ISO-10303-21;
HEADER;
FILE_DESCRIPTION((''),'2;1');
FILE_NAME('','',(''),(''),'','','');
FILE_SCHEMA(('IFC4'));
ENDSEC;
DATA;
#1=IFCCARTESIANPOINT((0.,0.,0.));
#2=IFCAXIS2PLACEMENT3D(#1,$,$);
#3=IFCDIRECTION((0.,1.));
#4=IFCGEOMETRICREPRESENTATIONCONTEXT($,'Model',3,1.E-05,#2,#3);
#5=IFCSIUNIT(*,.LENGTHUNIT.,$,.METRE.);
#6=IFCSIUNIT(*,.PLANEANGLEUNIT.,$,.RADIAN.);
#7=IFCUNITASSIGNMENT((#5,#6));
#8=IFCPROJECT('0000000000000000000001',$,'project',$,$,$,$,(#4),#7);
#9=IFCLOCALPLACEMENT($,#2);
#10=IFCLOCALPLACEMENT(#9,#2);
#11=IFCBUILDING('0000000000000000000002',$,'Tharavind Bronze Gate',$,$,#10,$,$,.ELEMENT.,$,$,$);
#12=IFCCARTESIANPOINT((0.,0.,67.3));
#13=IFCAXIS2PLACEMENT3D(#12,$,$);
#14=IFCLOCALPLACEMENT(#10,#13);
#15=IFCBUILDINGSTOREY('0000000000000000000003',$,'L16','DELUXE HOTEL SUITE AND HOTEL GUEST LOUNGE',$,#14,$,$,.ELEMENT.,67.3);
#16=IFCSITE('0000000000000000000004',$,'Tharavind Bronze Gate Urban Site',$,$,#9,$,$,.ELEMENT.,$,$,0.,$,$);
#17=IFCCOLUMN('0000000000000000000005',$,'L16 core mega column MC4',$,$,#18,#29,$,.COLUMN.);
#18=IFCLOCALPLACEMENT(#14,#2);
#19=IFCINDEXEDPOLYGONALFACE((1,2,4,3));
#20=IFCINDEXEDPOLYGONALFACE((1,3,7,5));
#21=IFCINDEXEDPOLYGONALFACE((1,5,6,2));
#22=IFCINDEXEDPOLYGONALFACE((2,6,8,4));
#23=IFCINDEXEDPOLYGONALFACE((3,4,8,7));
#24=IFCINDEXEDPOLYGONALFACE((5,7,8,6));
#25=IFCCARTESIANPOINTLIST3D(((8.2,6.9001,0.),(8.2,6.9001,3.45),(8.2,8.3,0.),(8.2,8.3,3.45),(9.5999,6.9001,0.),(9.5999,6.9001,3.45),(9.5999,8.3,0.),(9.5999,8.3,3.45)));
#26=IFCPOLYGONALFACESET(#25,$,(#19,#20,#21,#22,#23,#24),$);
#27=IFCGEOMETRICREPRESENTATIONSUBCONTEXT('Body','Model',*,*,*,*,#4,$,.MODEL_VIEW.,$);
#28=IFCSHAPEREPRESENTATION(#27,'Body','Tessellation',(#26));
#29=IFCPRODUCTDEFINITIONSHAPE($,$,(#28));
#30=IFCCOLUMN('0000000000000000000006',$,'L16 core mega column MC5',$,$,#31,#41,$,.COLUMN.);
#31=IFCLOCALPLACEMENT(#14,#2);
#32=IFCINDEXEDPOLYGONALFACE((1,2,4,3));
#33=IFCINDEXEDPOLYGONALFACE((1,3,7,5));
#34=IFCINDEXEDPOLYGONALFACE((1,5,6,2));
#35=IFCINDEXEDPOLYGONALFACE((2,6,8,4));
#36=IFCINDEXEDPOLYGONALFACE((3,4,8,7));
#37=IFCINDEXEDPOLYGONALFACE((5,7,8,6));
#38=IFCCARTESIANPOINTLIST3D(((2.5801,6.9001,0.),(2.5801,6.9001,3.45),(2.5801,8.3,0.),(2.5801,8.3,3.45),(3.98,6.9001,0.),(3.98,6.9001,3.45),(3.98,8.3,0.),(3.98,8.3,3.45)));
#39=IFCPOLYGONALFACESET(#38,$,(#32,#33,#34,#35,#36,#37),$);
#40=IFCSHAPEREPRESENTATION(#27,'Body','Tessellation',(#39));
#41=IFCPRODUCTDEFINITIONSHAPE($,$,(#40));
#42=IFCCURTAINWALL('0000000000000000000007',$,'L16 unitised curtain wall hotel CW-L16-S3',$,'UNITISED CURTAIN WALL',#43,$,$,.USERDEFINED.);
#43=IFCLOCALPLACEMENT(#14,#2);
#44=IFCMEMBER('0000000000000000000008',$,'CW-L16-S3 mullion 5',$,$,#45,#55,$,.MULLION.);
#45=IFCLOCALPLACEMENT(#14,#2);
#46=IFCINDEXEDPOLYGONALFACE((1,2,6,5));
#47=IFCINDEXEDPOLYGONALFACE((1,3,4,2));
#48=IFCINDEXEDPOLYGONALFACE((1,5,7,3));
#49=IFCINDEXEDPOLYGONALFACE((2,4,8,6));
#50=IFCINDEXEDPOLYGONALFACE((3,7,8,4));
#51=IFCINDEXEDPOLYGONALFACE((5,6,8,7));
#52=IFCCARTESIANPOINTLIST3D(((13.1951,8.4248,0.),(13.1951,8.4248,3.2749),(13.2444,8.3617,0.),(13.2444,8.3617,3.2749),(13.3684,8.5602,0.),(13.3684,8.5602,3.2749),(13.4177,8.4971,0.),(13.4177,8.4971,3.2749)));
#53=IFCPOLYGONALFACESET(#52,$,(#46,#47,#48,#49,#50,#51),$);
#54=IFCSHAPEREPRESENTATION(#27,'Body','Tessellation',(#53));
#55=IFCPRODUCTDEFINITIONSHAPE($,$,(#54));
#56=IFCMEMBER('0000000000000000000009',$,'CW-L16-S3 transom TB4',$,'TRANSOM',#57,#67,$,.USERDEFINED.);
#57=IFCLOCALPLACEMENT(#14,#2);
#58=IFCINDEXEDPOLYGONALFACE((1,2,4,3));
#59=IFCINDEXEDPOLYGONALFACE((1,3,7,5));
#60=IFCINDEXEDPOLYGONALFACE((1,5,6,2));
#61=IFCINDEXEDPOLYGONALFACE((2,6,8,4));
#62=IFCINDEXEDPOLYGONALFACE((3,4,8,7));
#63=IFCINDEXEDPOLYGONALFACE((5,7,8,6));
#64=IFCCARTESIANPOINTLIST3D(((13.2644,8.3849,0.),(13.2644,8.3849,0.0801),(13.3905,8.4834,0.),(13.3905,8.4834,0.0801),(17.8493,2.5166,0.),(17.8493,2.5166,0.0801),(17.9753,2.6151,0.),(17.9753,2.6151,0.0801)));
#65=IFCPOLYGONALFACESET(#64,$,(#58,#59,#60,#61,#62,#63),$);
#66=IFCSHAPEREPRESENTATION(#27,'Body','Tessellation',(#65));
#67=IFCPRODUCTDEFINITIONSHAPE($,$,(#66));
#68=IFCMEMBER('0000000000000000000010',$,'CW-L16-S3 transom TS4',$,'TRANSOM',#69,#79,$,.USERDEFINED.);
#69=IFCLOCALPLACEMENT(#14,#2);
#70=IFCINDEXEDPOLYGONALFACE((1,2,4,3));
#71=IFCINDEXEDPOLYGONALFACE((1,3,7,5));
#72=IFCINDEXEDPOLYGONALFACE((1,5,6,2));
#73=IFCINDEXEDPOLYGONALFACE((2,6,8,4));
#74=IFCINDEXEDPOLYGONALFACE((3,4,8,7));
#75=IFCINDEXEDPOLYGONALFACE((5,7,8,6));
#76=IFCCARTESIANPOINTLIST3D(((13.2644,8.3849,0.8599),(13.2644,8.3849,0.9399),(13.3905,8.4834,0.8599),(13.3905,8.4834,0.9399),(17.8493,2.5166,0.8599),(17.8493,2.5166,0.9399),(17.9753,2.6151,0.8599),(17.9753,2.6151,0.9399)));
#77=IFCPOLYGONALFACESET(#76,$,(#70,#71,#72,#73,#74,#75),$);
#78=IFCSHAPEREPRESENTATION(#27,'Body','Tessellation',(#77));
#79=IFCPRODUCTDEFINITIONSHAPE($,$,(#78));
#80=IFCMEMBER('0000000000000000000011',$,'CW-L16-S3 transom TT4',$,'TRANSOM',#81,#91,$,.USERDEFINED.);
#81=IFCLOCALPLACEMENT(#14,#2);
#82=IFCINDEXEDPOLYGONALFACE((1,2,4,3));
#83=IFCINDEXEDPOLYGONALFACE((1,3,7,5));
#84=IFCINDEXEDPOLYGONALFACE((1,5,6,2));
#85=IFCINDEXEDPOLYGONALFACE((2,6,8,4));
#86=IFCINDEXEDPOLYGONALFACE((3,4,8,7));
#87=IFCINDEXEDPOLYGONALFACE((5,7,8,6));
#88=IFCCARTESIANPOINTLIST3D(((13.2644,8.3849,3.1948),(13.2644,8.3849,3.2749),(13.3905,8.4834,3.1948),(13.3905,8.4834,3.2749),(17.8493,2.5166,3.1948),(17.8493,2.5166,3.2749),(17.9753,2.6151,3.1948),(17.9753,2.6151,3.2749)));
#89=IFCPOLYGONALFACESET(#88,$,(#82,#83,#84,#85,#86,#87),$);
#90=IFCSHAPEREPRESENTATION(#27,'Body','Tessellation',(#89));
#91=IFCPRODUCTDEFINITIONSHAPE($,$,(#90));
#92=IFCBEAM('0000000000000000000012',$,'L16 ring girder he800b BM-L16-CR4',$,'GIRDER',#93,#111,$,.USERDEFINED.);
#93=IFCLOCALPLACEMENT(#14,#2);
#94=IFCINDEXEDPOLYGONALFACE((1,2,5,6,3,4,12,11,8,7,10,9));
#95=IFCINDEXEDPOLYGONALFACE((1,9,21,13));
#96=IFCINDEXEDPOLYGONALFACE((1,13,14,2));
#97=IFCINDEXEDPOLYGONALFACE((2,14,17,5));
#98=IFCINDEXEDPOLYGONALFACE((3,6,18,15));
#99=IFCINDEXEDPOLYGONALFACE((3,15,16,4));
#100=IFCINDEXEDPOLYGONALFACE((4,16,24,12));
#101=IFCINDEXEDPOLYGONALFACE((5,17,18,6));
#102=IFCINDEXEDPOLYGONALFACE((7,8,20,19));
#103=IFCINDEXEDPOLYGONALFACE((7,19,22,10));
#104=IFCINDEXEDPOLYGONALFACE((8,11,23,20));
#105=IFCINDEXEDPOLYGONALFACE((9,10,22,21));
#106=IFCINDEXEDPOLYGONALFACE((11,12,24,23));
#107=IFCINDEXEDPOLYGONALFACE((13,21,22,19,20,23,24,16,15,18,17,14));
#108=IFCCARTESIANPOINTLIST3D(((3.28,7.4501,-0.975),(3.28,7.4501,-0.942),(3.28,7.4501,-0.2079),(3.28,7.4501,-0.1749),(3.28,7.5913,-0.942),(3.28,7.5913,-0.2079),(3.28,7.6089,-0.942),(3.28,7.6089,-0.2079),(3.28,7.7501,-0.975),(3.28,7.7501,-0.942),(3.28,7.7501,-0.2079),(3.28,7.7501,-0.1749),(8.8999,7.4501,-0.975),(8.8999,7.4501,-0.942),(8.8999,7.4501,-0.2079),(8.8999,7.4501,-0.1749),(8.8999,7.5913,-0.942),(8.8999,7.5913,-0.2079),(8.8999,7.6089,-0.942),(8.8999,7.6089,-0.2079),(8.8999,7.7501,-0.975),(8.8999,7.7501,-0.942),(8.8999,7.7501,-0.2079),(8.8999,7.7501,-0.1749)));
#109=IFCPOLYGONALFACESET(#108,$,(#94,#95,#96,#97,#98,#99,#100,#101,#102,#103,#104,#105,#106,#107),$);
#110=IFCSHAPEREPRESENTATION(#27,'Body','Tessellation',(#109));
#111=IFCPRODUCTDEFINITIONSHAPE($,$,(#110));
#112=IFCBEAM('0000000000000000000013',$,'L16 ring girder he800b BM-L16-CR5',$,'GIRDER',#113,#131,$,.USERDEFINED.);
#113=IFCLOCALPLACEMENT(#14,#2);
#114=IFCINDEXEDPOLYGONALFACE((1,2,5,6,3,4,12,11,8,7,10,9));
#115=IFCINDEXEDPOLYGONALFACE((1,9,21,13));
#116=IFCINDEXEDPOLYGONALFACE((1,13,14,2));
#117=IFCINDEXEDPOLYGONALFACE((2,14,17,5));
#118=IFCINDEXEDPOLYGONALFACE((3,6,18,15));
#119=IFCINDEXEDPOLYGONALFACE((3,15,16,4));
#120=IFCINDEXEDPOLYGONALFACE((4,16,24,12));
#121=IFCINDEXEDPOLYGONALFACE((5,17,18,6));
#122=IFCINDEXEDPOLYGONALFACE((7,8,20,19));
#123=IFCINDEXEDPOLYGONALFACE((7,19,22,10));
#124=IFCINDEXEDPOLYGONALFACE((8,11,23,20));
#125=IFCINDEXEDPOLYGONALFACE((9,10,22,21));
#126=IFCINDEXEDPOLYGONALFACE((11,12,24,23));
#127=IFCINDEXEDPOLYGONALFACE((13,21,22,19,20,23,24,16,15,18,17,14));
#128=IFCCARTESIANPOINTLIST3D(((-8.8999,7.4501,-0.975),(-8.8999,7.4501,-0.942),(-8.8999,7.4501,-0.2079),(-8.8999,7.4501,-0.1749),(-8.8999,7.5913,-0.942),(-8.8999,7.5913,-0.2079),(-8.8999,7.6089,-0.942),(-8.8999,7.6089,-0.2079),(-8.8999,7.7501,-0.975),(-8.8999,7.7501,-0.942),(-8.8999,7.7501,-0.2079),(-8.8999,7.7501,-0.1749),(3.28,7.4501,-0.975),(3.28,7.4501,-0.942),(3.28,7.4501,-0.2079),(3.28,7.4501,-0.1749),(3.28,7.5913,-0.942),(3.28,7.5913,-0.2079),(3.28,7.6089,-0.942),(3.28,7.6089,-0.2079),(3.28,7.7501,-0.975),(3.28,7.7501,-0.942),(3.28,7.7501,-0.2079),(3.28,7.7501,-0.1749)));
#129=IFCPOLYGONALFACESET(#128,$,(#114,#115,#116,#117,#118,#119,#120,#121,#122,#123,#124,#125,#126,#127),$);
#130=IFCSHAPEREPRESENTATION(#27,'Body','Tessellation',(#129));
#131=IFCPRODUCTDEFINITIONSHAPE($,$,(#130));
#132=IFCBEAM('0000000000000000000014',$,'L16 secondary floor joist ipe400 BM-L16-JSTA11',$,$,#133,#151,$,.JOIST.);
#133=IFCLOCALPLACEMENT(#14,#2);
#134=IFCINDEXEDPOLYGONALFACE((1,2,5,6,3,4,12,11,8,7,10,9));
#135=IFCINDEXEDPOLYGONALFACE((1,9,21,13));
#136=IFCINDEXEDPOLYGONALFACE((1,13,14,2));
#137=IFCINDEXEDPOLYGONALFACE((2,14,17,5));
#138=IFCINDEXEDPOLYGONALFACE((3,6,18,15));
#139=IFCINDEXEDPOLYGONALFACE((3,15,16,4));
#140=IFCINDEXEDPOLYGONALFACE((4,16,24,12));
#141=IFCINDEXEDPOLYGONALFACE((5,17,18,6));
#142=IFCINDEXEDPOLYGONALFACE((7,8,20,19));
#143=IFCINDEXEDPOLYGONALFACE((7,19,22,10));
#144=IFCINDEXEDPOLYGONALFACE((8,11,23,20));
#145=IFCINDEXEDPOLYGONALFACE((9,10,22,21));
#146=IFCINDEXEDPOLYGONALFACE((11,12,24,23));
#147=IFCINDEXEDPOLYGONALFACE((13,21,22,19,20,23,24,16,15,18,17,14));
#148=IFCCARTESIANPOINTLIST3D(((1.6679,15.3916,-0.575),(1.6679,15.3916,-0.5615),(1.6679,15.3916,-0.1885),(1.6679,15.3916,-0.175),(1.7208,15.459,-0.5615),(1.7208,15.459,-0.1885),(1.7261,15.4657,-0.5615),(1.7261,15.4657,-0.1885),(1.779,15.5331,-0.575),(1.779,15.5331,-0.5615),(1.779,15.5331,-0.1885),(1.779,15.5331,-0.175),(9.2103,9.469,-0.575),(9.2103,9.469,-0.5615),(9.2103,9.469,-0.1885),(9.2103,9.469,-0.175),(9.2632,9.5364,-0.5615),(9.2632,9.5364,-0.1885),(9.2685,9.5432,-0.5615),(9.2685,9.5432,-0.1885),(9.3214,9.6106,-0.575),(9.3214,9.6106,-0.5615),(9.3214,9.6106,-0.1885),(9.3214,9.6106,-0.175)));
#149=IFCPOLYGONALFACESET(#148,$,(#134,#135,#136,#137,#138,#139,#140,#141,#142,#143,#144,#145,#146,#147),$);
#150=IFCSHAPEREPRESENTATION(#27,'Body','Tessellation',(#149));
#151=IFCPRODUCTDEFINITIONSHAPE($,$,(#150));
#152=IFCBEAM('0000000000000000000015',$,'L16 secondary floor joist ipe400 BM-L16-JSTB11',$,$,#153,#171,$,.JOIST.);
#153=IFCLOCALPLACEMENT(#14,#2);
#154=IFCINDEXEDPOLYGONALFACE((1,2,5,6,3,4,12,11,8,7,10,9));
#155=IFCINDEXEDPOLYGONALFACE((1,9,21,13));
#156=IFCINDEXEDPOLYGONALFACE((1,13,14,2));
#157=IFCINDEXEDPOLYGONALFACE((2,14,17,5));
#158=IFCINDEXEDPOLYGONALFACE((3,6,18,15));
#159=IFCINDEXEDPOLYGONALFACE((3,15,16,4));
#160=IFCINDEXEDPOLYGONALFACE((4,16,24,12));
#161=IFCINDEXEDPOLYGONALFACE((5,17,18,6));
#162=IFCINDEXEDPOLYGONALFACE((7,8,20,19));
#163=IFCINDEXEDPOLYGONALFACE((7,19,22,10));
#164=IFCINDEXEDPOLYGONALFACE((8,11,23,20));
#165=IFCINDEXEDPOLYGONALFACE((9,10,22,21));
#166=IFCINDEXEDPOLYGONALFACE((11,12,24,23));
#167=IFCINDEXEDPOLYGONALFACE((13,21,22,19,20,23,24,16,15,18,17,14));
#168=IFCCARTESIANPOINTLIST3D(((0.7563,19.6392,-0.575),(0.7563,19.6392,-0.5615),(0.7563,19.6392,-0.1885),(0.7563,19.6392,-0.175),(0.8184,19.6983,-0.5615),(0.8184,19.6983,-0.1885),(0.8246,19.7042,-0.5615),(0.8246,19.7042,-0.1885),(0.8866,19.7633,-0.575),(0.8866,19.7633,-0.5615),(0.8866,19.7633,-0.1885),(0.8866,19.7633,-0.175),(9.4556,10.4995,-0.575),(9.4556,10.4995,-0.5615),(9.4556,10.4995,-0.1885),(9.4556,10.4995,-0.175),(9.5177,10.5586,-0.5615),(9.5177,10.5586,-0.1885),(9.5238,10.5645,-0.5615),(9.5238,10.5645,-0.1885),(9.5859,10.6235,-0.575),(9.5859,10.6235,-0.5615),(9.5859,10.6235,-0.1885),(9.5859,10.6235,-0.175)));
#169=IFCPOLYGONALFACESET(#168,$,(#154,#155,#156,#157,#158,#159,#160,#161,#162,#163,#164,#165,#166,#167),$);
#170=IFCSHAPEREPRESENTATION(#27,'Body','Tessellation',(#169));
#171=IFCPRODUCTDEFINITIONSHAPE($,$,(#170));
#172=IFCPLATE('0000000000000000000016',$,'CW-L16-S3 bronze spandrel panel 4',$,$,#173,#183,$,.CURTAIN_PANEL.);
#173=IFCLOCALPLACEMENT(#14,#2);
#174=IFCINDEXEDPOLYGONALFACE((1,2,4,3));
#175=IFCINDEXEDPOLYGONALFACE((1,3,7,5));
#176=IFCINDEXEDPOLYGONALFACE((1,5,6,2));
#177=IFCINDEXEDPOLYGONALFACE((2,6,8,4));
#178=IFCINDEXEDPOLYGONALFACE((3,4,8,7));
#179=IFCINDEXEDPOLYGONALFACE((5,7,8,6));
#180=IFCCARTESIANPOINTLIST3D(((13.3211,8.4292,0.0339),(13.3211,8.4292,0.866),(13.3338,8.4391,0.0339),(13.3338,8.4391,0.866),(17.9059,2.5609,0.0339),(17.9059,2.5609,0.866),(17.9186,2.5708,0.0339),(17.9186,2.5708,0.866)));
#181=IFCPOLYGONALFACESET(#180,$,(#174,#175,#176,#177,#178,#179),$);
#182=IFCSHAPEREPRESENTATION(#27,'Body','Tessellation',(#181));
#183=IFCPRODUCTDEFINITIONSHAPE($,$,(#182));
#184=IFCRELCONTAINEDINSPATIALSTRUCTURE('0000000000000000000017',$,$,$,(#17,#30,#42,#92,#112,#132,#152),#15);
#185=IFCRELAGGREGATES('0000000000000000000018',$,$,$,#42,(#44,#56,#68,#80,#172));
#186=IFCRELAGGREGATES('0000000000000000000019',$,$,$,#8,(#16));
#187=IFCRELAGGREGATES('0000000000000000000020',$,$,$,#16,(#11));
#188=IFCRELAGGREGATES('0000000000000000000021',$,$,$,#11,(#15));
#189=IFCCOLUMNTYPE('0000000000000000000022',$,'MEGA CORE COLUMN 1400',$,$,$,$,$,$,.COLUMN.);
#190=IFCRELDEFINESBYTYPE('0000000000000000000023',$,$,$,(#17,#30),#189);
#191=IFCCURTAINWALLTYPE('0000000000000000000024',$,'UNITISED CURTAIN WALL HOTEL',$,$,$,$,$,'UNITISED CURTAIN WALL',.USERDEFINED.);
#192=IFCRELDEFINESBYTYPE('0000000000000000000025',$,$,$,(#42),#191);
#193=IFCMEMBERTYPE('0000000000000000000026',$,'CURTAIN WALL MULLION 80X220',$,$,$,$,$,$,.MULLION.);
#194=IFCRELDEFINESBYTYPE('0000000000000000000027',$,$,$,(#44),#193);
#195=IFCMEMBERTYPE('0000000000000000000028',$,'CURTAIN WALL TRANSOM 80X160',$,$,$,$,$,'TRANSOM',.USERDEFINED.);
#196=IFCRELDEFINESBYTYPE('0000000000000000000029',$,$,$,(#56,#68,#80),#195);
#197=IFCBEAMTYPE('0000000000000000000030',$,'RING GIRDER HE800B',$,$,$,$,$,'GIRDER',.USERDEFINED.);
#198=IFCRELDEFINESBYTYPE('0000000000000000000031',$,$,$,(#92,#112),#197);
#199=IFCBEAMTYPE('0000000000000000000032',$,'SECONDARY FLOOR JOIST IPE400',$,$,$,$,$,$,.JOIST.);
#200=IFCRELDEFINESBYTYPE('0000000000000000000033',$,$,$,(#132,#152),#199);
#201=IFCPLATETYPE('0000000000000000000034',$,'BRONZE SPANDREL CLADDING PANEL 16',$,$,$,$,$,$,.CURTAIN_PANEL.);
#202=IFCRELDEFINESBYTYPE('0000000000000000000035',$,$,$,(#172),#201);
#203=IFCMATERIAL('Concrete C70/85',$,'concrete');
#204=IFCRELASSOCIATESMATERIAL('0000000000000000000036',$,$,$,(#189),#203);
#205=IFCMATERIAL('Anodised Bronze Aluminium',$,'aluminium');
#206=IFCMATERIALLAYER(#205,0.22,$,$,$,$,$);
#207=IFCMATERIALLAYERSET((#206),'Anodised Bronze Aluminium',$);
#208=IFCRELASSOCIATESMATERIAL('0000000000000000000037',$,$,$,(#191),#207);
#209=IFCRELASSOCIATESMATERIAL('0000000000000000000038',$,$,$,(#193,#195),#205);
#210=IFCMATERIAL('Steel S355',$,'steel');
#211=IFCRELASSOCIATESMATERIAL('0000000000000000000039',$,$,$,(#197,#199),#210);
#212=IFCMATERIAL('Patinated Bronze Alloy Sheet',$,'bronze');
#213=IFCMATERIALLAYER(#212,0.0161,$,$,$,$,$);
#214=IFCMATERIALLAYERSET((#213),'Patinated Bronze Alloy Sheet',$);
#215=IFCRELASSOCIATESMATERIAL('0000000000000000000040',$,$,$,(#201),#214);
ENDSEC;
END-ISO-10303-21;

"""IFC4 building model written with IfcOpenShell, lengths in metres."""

from ifc_helpers import new_model, si_unit, direction, frame, origin, origin_2d, place, context, subcontext, project, spatial, rectangle, i_section, extrude, material, layer, layer_set, material_profile, profile_set, type_object, element, aggregate, save


model = new_model("IFC4")

# Units and contexts
model_context = context("Model", 3, precision=1e-05, world=origin(), true_north=direction((0.0, 1.0)))
body_context = subcontext(model_context, "Body", "Model", "MODEL_VIEW")
ifc_project = project(units=[si_unit("LENGTHUNIT", "METRE"), si_unit("PLANEANGLEUNIT", "RADIAN")], contexts=[model_context])

# Site, building, storey
site_placement = place(None, origin())
site = spatial("IfcSite", under=ifc_project, at=site_placement, Name="Tharavind Bronze Gate Urban Site", CompositionType="ELEMENT", RefElevation=0.0)
building_placement = place(site_placement, origin())
building = spatial("IfcBuilding", under=site, at=building_placement, Name="Tharavind Bronze Gate", CompositionType="ELEMENT")
storey_placement = place(building_placement, frame((0.0, 0.0, 67.3)))
storey = spatial("IfcBuildingStorey", under=building, at=storey_placement, Name="L16", Description="DELUXE HOTEL SUITE AND HOTEL GUEST LOUNGE", CompositionType="ELEMENT", Elevation=67.3)

# Columns
ifc_material_1 = material(Name="Concrete C70/85", Category="concrete")
ifc_material_profile_1 = material_profile(ifc_material_1, rectangle(XDim=1.3999, YDim=1.3999, at=origin_2d()), Name="RCCOL1400")
ifc_profile_set_1 = profile_set([ifc_material_profile_1], Name="Concrete C70/85")
column_type = type_object("IfcColumnType", Name="MEGA CORE COLUMN 1400", PredefinedType="COLUMN", material=ifc_profile_set_1)
for number, where, z_axis, x_axis, name in (
    (1, (8.8999, 7.6001, 0.0), (0.0, 0.0, 1.0), (1.0, 0.0, 0.0), "L16 core mega column MC4"),
    (2, (3.28, 7.6001, 0.0), (0.0, 0.0, 1.0), (1.0, 0.0, 0.0), "L16 core mega column MC5"),
):
    element("IfcColumn", number, at=place(storey_placement, frame(where, z_axis=z_axis, x_axis=x_axis)), inside=storey, type_object=column_type, Name=name, PredefinedType="COLUMN", context=body_context, shape_type="SweptSolid", body=[
        extrude(rectangle(XDim=1.3999, YDim=1.3999, at=origin_2d()), origin(), (0.0, 0.0, 1.0), 3.45),
    ])

# Curtain wall, members
ifc_material_2 = material(Name="Anodised Bronze Aluminium", Category="aluminium")
ifc_layer_1 = layer(ifc_material_2, 0.22)
ifc_layer_set_1 = layer_set([ifc_layer_1], Name="Anodised Bronze Aluminium")
curtain_wall_type = type_object("IfcCurtainWallType", Name="UNITISED CURTAIN WALL HOTEL", ElementType="UNITISED CURTAIN WALL", PredefinedType="USERDEFINED", material=ifc_layer_set_1)
curtain_wall_placement = place(storey_placement, origin())
curtain_wall = element("IfcCurtainWall", 3, at=curtain_wall_placement, inside=storey, type_object=curtain_wall_type, Name="L16 unitised curtain wall hotel CW-L16-S3", ObjectType="UNITISED CURTAIN WALL", PredefinedType="USERDEFINED")
member_type_1 = type_object("IfcMemberType", Name="CURTAIN WALL MULLION 80X220", PredefinedType="MULLION", material=ifc_material_2)
member_1_placement = place(storey_placement, frame((13.3064, 8.4609, 0.0), z_axis=(0.0, 0.0, 1.0), x_axis=(-0.615661, 0.788011, 0.0)))
member_1 = element("IfcMember", 4, at=member_1_placement, type_object=member_type_1, Name="CW-L16-S3 mullion 5", PredefinedType="MULLION", context=body_context, shape_type="SweptSolid", body=[
    extrude(rectangle(XDim=0.0801, YDim=0.22, at=origin_2d()), origin(), (0.0, 0.0, 1.0), 3.2749),
])
member_type_2 = type_object("IfcMemberType", Name="CURTAIN WALL TRANSOM 80X160", ElementType="TRANSOM", PredefinedType="USERDEFINED", material=ifc_material_2)
member_2_placement = place(storey_placement, frame((15.6199, 5.5, 0.0), z_axis=(0.0, 0.0, 1.0), x_axis=(-0.615661, 0.788011, 0.0)))
member_2 = element("IfcMember", 5, at=member_2_placement, type_object=member_type_2, Name="CW-L16-S3 transom TB4", ObjectType="TRANSOM", PredefinedType="USERDEFINED", context=body_context, shape_type="SweptSolid", body=[
    extrude(rectangle(XDim=7.447, YDim=0.1599, at=origin_2d()), origin(), (0.0, 0.0, 1.0), 0.0801),
])
member_3_placement = place(storey_placement, frame((15.6199, 5.5, 0.8599), z_axis=(0.0, 0.0, 1.0), x_axis=(-0.615661, 0.788011, 0.0)))
member_3 = element("IfcMember", 6, at=member_3_placement, type_object=member_type_2, Name="CW-L16-S3 transom TS4", ObjectType="TRANSOM", PredefinedType="USERDEFINED", context=body_context, shape_type="SweptSolid", body=[
    extrude(rectangle(XDim=7.447, YDim=0.1599, at=origin_2d()), origin(), (0.0, 0.0, 1.0), 0.0801),
])
member_4_placement = place(storey_placement, frame((15.6199, 5.5, 3.1948), z_axis=(0.0, 0.0, 1.0), x_axis=(-0.615661, 0.788011, 0.0)))
member_4 = element("IfcMember", 7, at=member_4_placement, type_object=member_type_2, Name="CW-L16-S3 transom TT4", ObjectType="TRANSOM", PredefinedType="USERDEFINED", context=body_context, shape_type="SweptSolid", body=[
    extrude(rectangle(XDim=7.447, YDim=0.1599, at=origin_2d()), origin(), (0.0, 0.0, 1.0), 0.0801),
])

# Beams
ifc_material_3 = material(Name="Steel S355", Category="steel")
ifc_material_profile_2 = material_profile(ifc_material_3, i_section(OverallWidth=0.3, OverallDepth=0.8, WebThickness=0.0176, FlangeThickness=0.033, at=origin_2d()), Name="HE800B")
ifc_profile_set_2 = profile_set([ifc_material_profile_2], Name="Steel S355")
beam_type_1 = type_object("IfcBeamType", Name="RING GIRDER HE800B", ElementType="GIRDER", PredefinedType="USERDEFINED", material=ifc_profile_set_2)
beam_1_placement = place(storey_placement, frame((8.8999, 7.6001, -0.575), z_axis=(-1.0, 0.0, 0.0), x_axis=(0.0, -1.0, 0.0)))
element("IfcBeam", 8, at=beam_1_placement, inside=storey, type_object=beam_type_1, Name="L16 ring girder he800b BM-L16-CR4", ObjectType="GIRDER", PredefinedType="USERDEFINED", context=body_context, shape_type="SweptSolid", body=[
    extrude(i_section(OverallWidth=0.3, OverallDepth=0.8, WebThickness=0.0176, FlangeThickness=0.033, at=origin_2d()), origin(), (0.0, 0.0, 1.0), 5.6199),
])
beam_2_placement = place(storey_placement, frame((3.28, 7.6001, -0.575), z_axis=(-1.0, 0.0, 0.0), x_axis=(0.0, -1.0, 0.0)))
element("IfcBeam", 9, at=beam_2_placement, inside=storey, type_object=beam_type_1, Name="L16 ring girder he800b BM-L16-CR5", ObjectType="GIRDER", PredefinedType="USERDEFINED", context=body_context, shape_type="SweptSolid", body=[
    extrude(i_section(OverallWidth=0.3, OverallDepth=0.8, WebThickness=0.0176, FlangeThickness=0.033, at=origin_2d()), origin(), (0.0, 0.0, 1.0), 12.1799),
])
ifc_material_profile_3 = material_profile(ifc_material_3, i_section(OverallWidth=0.1799, OverallDepth=0.3999, WebThickness=0.0085, FlangeThickness=0.0134, at=origin_2d()), Name="IPE400")
ifc_profile_set_3 = profile_set([ifc_material_profile_3], Name="Steel S355")
beam_type_2 = type_object("IfcBeamType", Name="SECONDARY FLOOR JOIST IPE400", PredefinedType="JOIST", material=ifc_profile_set_3)
beam_3_placement = place(storey_placement, frame((9.2659, 9.5398, -0.375), z_axis=(-0.786502, 0.617588, 0.0), x_axis=(-0.617588, -0.786502, 0.0)))
element("IfcBeam", 10, at=beam_3_placement, inside=storey, type_object=beam_type_2, Name="L16 secondary floor joist ipe400 BM-L16-JSTA11", PredefinedType="JOIST", context=body_context, shape_type="SweptSolid", body=[
    extrude(i_section(OverallWidth=0.1799, OverallDepth=0.3999, WebThickness=0.0085, FlangeThickness=0.0134, at=origin_2d()), origin(), (0.0, 0.0, 1.0), 9.5898),
])
beam_4_placement = place(storey_placement, frame((9.5208, 10.5615, -0.375), z_axis=(-0.689439, 0.724344, 0.0), x_axis=(-0.724344, -0.689439, 0.0)))
element("IfcBeam", 11, at=beam_4_placement, inside=storey, type_object=beam_type_2, Name="L16 secondary floor joist ipe400 BM-L16-JSTB11", PredefinedType="JOIST", context=body_context, shape_type="SweptSolid", body=[
    extrude(i_section(OverallWidth=0.1799, OverallDepth=0.3999, WebThickness=0.0085, FlangeThickness=0.0134, at=origin_2d()), origin(), (0.0, 0.0, 1.0), 12.6179),
])

# Plate
ifc_material_4 = material(Name="Patinated Bronze Alloy Sheet", Category="bronze")
ifc_layer_2 = layer(ifc_material_4, 0.0161)
ifc_layer_set_2 = layer_set([ifc_layer_2], Name="Patinated Bronze Alloy Sheet")
plate_type_1 = type_object("IfcPlateType", Name="BRONZE SPANDREL CLADDING PANEL 16", PredefinedType="CURTAIN_PANEL", material=ifc_layer_set_2)
plate_1_placement = place(storey_placement, frame((15.6199, 5.5, 0.0339), z_axis=(0.0, 0.0, 1.0), x_axis=(-0.615661, 0.788011, 0.0)))
plate_1 = element("IfcPlate", 12, at=plate_1_placement, type_object=plate_type_1, Name="CW-L16-S3 bronze spandrel panel 4", PredefinedType="CURTAIN_PANEL", context=body_context, shape_type="SweptSolid", body=[
    extrude(rectangle(XDim=7.447, YDim=0.0161, at=origin_2d()), origin(), (0.0, 0.0, 1.0), 0.832),
])
aggregate(curtain_wall, [member_1, member_2, member_3, member_4, plate_1])

save(model, "model.ifc")
